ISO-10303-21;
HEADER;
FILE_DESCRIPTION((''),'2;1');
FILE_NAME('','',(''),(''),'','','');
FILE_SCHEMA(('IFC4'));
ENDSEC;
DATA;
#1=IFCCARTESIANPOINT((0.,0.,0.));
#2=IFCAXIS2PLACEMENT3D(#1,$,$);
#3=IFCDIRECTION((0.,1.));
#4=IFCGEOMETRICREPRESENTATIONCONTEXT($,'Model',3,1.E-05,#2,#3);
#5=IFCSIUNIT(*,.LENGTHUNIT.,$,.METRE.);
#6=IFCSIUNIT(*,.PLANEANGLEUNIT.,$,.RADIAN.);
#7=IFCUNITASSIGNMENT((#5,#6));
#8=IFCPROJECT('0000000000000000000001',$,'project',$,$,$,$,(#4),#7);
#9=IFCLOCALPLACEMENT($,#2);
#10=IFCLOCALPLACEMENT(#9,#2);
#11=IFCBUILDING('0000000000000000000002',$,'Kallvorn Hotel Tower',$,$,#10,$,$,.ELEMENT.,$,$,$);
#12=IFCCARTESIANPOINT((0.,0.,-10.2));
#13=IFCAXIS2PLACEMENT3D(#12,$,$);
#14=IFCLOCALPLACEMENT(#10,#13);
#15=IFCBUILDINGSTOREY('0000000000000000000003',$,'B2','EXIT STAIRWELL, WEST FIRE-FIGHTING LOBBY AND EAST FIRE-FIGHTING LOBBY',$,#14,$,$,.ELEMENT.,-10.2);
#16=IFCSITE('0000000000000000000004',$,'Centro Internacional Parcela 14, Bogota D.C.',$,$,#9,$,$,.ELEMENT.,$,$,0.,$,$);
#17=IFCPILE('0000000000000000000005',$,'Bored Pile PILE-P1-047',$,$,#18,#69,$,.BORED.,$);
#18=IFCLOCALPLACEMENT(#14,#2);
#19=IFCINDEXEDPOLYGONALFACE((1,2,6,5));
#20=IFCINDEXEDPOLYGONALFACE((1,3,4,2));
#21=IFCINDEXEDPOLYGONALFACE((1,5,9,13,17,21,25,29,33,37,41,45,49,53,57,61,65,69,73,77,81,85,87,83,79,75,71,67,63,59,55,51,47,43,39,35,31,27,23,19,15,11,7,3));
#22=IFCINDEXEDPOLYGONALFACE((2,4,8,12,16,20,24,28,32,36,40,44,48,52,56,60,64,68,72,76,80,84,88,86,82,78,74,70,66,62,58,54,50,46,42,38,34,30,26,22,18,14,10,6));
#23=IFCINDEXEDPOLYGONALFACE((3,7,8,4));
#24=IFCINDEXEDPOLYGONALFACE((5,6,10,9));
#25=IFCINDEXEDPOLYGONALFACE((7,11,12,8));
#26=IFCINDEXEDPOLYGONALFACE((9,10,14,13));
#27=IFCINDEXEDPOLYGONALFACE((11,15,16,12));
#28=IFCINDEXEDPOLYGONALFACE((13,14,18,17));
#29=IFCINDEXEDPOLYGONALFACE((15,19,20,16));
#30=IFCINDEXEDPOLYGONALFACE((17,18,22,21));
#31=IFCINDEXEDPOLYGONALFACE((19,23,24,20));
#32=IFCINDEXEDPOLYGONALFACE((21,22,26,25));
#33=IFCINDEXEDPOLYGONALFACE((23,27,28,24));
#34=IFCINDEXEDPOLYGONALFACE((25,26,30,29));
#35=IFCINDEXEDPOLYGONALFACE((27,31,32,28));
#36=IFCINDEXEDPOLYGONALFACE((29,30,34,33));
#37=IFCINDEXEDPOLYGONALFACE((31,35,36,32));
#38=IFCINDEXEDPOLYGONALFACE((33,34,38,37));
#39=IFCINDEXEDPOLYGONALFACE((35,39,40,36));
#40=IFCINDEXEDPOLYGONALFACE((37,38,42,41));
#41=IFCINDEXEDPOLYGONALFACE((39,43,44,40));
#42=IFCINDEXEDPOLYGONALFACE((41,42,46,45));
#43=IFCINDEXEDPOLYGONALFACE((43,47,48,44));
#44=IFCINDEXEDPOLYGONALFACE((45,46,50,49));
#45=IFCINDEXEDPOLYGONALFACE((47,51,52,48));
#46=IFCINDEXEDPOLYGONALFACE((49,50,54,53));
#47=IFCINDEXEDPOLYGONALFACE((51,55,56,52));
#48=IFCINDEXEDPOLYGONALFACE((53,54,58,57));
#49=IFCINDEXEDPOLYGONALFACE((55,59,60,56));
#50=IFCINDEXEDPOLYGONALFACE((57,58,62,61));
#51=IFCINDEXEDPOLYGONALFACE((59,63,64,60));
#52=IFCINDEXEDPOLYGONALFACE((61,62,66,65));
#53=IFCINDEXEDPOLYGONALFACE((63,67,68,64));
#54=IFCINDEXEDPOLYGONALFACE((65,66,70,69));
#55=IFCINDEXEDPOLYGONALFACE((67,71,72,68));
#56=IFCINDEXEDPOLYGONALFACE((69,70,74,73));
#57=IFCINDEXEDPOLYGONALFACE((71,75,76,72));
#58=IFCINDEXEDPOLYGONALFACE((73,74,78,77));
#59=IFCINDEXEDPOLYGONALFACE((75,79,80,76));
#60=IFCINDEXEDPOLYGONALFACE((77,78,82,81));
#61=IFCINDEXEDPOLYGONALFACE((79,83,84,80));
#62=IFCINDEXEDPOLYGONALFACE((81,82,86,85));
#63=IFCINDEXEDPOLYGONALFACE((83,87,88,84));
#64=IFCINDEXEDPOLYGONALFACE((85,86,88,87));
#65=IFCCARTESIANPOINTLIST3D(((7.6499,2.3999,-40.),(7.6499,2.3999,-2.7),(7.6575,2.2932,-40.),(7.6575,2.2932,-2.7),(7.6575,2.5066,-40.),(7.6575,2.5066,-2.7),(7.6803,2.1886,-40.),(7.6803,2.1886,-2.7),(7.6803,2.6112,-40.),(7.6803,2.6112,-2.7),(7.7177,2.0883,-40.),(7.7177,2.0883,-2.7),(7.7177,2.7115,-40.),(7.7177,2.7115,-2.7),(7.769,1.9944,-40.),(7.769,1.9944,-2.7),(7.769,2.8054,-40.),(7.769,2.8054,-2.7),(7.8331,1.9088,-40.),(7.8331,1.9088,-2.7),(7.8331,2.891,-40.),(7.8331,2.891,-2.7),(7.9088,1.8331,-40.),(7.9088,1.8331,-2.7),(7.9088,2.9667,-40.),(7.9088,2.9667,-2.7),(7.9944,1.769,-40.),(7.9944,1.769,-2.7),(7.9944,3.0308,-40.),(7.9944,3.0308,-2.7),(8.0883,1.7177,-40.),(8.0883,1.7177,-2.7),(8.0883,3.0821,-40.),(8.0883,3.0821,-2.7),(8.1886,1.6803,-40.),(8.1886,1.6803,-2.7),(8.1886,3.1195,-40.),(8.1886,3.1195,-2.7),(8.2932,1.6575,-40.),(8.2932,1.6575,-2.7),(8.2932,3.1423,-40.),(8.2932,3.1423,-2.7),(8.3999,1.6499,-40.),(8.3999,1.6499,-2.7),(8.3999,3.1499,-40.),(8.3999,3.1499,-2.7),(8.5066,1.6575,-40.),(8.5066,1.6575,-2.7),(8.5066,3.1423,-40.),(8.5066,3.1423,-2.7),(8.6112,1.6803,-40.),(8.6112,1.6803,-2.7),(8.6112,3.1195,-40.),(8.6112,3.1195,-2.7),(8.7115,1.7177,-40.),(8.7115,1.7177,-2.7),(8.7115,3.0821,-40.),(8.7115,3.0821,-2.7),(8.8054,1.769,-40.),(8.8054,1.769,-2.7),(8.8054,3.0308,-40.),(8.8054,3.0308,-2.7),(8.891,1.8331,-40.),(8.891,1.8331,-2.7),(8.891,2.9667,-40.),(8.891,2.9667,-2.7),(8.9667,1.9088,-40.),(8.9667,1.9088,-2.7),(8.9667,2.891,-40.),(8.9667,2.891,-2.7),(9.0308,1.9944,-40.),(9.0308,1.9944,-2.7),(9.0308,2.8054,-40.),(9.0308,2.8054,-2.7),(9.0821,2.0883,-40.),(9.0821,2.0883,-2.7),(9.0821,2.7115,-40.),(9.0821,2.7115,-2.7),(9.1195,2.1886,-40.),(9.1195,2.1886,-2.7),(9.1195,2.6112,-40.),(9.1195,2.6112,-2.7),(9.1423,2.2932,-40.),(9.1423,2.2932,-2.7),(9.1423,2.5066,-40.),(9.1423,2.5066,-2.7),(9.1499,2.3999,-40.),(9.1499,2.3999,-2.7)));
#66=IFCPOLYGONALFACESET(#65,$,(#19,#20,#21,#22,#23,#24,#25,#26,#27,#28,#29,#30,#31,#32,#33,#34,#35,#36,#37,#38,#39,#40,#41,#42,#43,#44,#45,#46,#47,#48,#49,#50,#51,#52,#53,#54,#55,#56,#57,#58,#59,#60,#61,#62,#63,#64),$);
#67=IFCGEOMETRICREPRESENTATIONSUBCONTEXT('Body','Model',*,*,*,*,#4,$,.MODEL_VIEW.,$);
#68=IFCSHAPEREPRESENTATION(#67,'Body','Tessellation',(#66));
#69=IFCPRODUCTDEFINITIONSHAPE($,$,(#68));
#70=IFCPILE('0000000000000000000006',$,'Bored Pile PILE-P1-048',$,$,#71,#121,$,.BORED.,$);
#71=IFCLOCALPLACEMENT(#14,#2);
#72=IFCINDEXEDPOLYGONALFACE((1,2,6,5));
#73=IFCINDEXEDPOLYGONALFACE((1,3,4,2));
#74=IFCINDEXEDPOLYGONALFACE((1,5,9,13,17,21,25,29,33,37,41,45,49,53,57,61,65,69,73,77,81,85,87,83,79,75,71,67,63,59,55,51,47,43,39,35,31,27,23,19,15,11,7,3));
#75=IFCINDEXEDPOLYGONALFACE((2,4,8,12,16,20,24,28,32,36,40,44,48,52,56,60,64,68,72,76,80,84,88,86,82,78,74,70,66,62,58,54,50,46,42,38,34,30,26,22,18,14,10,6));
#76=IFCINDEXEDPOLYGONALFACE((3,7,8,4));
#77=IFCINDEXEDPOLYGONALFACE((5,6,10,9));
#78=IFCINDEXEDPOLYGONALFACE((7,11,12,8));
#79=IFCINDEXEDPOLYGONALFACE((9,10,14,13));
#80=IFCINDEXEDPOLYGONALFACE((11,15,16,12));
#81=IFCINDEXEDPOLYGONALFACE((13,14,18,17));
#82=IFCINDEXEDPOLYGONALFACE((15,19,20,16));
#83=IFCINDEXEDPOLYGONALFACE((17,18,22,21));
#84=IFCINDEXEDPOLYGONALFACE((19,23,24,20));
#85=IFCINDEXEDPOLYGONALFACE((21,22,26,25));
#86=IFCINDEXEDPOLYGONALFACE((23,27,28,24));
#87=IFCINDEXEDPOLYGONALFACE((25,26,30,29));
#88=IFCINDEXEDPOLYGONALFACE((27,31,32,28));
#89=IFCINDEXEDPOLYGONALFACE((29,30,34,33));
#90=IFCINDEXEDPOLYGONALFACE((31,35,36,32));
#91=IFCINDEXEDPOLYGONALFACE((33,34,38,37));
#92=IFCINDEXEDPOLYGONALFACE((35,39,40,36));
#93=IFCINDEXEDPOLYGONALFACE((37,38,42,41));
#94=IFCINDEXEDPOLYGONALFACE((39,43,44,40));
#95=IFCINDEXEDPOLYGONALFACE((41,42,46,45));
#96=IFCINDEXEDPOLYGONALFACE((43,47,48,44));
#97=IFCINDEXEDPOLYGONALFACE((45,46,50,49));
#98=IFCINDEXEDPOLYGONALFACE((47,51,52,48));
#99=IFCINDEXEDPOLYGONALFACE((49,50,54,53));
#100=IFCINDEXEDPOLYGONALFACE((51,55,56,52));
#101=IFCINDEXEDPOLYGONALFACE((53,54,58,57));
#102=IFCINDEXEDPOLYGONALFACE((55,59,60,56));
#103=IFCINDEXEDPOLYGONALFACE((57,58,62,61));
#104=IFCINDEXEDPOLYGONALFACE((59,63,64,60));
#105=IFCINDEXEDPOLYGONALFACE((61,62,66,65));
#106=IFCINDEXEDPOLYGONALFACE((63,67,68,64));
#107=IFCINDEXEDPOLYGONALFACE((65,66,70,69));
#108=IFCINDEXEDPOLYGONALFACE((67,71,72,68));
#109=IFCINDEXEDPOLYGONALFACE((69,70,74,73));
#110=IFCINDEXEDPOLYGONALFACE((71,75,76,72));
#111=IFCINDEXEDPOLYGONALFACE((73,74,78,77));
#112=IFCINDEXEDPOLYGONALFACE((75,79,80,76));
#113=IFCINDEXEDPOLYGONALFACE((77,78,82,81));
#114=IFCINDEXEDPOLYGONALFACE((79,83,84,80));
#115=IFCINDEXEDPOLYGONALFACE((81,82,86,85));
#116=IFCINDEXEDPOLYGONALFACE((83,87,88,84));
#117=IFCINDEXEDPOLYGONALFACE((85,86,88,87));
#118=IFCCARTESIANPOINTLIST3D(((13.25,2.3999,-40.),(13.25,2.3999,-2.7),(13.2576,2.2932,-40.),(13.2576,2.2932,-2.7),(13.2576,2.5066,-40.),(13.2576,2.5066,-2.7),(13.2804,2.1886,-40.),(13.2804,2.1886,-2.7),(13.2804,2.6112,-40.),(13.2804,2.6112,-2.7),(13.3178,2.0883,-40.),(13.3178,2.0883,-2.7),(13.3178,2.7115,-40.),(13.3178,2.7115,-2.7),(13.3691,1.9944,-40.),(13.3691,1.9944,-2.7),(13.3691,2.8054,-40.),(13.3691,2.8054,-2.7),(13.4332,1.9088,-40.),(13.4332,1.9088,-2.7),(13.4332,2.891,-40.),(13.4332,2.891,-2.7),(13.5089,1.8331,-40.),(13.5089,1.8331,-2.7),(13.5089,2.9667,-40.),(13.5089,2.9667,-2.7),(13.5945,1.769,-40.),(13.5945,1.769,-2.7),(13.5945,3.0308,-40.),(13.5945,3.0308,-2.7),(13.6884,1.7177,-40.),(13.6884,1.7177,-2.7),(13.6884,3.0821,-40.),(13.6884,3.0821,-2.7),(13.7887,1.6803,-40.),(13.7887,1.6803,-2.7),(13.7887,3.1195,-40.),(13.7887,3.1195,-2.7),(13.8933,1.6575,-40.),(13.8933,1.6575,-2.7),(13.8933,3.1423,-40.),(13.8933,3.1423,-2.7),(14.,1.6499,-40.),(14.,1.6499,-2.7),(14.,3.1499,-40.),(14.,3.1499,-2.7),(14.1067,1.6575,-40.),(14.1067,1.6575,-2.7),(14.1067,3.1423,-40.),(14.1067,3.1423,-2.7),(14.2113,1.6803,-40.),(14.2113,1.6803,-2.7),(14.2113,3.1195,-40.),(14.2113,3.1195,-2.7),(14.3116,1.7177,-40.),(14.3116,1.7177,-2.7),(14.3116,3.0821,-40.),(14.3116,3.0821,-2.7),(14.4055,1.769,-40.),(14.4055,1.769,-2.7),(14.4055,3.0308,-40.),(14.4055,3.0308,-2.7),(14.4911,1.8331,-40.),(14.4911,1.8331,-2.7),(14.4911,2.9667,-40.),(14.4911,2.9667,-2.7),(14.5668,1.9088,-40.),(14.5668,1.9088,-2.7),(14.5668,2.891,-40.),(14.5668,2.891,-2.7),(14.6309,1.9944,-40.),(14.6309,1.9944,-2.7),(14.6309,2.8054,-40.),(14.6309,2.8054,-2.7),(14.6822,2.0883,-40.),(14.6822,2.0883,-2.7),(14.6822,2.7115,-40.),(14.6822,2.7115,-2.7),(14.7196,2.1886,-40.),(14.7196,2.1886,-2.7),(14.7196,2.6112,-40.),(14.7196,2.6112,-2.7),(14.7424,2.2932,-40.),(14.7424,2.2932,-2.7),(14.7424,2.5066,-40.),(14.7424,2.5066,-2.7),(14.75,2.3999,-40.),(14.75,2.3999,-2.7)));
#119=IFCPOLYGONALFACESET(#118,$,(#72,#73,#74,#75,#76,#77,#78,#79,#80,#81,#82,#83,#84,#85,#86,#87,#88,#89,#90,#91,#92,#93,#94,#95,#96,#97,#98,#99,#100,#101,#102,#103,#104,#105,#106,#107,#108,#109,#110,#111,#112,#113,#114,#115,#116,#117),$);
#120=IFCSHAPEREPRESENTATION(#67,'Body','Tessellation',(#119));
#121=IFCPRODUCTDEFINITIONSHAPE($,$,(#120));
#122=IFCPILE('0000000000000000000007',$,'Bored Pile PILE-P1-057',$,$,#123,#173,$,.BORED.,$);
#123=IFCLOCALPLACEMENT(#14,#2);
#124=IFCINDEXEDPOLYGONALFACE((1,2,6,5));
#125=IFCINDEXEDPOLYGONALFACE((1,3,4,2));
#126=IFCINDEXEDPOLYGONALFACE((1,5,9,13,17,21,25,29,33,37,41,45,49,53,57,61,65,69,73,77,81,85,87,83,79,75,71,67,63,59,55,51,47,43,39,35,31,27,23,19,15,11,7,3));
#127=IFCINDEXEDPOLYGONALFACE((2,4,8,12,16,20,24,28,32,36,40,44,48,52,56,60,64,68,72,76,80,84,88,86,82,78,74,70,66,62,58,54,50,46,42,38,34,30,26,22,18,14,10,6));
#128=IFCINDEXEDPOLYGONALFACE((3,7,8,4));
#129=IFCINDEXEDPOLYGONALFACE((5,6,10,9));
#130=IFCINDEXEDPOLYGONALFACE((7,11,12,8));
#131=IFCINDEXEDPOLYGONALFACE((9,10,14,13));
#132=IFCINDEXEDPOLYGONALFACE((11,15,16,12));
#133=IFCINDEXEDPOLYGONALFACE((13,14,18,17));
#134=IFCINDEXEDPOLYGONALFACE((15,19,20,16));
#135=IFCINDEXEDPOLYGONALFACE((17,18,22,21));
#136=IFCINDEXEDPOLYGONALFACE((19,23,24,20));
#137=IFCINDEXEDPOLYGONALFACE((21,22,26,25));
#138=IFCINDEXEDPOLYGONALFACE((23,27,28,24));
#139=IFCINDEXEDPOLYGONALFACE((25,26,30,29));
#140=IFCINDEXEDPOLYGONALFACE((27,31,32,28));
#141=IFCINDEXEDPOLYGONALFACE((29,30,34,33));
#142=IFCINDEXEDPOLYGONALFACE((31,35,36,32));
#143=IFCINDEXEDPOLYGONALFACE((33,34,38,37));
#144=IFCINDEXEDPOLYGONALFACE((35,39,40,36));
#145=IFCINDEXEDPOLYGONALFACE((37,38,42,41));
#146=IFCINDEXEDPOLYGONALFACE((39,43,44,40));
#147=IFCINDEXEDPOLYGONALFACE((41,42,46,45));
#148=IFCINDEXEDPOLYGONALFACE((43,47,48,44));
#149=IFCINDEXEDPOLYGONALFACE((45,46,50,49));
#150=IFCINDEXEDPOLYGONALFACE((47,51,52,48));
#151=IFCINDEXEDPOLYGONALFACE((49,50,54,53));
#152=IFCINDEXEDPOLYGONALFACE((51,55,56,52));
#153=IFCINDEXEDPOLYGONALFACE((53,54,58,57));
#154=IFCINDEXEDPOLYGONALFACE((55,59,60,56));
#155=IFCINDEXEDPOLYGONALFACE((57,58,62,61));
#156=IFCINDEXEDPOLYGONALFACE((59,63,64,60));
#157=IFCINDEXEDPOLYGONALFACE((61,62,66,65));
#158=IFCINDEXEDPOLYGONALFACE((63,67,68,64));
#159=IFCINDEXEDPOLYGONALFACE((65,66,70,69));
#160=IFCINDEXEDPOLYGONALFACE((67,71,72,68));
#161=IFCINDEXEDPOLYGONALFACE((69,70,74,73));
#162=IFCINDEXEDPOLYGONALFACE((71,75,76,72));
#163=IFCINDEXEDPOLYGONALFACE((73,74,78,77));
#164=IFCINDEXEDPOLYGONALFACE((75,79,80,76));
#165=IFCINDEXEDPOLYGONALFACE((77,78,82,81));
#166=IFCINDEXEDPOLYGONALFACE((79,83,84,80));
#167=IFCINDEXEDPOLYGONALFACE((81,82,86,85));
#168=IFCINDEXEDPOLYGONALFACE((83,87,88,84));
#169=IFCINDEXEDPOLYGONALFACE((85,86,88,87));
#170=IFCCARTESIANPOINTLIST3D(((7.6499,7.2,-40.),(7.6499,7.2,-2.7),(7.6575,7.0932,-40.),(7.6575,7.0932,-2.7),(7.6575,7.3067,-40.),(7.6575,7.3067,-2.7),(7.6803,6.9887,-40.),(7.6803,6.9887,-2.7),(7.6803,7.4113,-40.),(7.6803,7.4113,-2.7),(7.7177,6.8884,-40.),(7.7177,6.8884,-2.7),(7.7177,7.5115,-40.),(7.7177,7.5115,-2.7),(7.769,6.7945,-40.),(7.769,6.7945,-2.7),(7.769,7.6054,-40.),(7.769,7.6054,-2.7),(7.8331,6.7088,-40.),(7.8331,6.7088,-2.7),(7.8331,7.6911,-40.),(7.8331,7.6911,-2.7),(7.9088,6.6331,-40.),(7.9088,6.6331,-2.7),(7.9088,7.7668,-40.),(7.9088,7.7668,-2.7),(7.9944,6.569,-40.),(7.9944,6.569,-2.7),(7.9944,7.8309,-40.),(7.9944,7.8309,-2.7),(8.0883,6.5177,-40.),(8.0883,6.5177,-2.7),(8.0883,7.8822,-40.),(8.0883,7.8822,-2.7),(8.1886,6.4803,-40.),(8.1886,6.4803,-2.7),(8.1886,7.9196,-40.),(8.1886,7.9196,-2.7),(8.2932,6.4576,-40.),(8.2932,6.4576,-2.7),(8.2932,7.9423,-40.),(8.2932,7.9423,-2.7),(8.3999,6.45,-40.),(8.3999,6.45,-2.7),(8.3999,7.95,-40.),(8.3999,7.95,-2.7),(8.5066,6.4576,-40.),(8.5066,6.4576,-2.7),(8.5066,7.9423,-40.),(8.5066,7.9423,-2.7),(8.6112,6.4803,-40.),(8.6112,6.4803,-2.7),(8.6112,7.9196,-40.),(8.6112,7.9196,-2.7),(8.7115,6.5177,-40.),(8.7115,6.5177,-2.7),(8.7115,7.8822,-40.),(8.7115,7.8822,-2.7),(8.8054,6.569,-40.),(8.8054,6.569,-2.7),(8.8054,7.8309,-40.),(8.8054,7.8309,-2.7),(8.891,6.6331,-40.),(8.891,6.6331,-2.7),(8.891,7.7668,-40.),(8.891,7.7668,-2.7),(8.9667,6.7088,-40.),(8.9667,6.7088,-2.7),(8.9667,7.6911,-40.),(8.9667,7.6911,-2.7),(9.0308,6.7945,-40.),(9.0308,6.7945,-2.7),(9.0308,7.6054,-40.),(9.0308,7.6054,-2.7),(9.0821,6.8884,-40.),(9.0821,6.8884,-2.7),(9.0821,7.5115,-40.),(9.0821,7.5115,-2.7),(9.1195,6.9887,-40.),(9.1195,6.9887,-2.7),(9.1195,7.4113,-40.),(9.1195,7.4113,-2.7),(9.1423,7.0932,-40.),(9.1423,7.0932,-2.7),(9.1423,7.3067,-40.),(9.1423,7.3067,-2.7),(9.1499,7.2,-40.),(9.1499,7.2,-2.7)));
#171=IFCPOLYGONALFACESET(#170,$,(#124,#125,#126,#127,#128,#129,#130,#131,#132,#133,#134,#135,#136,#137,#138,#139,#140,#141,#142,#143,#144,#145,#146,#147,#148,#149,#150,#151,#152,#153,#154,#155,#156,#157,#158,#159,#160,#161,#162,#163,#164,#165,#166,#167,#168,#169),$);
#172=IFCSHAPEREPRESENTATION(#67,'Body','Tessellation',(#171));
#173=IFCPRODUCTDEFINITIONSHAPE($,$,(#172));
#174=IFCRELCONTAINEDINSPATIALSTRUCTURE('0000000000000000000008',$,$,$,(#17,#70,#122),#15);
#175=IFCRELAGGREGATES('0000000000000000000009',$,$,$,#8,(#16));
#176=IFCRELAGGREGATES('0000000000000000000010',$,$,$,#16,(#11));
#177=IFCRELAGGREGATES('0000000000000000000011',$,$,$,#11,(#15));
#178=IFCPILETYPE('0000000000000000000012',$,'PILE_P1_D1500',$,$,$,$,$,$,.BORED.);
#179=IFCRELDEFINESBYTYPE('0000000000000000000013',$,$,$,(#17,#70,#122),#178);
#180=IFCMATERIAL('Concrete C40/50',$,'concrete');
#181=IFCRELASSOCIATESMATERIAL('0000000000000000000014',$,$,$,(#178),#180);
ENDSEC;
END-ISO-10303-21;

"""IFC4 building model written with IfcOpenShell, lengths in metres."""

from ifc_helpers import new_model, si_unit, direction, frame, origin, origin_2d, place, context, subcontext, project, spatial, circle, extrude, material, material_profile, profile_set, type_object, element, save


model = new_model("IFC4")

# Units and contexts
model_context = context("Model", 3, precision=1e-05, world=origin(), true_north=direction((0.0, 1.0)))
body_context = subcontext(model_context, "Body", "Model", "MODEL_VIEW")
ifc_project = project(units=[si_unit("LENGTHUNIT", "METRE"), si_unit("PLANEANGLEUNIT", "RADIAN")], contexts=[model_context])

# Site, building, storey
site_placement = place(None, origin())
site = spatial("IfcSite", under=ifc_project, at=site_placement, Name="Centro Internacional Parcela 14, Bogota D.C.", CompositionType="ELEMENT", RefElevation=0.0)
building_placement = place(site_placement, origin())
building = spatial("IfcBuilding", under=site, at=building_placement, Name="Kallvorn Hotel Tower", CompositionType="ELEMENT")
storey_placement = place(building_placement, frame((0.0, 0.0, -10.2)))
storey = spatial("IfcBuildingStorey", under=building, at=storey_placement, Name="B2", Description="EXIT STAIRWELL, WEST FIRE-FIGHTING LOBBY AND EAST FIRE-FIGHTING LOBBY", CompositionType="ELEMENT", Elevation=-10.2)

# Piles
ifc_material_1 = material(Name="Concrete C40/50", Category="concrete")
ifc_material_profile_1 = material_profile(ifc_material_1, circle(Radius=0.75, at=origin_2d()), Name="PILE D1500")
ifc_profile_set_1 = profile_set([ifc_material_profile_1], Name="Concrete C40/50")
pile_type = type_object("IfcPileType", Name="PILE_P1_D1500", PredefinedType="BORED", material=ifc_profile_set_1)
for number, where, z_axis, x_axis, name in (
    (1, (8.3999, 2.3999, -2.7), (0.0, 0.0, -1.0), (1.0, 0.0, 0.0), "Bored Pile PILE-P1-047"),
    (2, (14.0, 2.3999, -2.7), (0.0, 0.0, -1.0), (1.0, 0.0, 0.0), "Bored Pile PILE-P1-048"),
    (3, (8.3999, 7.2, -2.7), (0.0, 0.0, -1.0), (1.0, 0.0, 0.0), "Bored Pile PILE-P1-057"),
):
    element("IfcPile", number, at=place(storey_placement, frame(where, z_axis=z_axis, x_axis=x_axis)), inside=storey, type_object=pile_type, Name=name, PredefinedType="BORED", context=body_context, shape_type="SweptSolid", body=[
        extrude(circle(Radius=0.75, at=origin_2d()), origin(), (0.0, 0.0, 1.0), 37.3),
    ])

save(model, "model.ifc")
